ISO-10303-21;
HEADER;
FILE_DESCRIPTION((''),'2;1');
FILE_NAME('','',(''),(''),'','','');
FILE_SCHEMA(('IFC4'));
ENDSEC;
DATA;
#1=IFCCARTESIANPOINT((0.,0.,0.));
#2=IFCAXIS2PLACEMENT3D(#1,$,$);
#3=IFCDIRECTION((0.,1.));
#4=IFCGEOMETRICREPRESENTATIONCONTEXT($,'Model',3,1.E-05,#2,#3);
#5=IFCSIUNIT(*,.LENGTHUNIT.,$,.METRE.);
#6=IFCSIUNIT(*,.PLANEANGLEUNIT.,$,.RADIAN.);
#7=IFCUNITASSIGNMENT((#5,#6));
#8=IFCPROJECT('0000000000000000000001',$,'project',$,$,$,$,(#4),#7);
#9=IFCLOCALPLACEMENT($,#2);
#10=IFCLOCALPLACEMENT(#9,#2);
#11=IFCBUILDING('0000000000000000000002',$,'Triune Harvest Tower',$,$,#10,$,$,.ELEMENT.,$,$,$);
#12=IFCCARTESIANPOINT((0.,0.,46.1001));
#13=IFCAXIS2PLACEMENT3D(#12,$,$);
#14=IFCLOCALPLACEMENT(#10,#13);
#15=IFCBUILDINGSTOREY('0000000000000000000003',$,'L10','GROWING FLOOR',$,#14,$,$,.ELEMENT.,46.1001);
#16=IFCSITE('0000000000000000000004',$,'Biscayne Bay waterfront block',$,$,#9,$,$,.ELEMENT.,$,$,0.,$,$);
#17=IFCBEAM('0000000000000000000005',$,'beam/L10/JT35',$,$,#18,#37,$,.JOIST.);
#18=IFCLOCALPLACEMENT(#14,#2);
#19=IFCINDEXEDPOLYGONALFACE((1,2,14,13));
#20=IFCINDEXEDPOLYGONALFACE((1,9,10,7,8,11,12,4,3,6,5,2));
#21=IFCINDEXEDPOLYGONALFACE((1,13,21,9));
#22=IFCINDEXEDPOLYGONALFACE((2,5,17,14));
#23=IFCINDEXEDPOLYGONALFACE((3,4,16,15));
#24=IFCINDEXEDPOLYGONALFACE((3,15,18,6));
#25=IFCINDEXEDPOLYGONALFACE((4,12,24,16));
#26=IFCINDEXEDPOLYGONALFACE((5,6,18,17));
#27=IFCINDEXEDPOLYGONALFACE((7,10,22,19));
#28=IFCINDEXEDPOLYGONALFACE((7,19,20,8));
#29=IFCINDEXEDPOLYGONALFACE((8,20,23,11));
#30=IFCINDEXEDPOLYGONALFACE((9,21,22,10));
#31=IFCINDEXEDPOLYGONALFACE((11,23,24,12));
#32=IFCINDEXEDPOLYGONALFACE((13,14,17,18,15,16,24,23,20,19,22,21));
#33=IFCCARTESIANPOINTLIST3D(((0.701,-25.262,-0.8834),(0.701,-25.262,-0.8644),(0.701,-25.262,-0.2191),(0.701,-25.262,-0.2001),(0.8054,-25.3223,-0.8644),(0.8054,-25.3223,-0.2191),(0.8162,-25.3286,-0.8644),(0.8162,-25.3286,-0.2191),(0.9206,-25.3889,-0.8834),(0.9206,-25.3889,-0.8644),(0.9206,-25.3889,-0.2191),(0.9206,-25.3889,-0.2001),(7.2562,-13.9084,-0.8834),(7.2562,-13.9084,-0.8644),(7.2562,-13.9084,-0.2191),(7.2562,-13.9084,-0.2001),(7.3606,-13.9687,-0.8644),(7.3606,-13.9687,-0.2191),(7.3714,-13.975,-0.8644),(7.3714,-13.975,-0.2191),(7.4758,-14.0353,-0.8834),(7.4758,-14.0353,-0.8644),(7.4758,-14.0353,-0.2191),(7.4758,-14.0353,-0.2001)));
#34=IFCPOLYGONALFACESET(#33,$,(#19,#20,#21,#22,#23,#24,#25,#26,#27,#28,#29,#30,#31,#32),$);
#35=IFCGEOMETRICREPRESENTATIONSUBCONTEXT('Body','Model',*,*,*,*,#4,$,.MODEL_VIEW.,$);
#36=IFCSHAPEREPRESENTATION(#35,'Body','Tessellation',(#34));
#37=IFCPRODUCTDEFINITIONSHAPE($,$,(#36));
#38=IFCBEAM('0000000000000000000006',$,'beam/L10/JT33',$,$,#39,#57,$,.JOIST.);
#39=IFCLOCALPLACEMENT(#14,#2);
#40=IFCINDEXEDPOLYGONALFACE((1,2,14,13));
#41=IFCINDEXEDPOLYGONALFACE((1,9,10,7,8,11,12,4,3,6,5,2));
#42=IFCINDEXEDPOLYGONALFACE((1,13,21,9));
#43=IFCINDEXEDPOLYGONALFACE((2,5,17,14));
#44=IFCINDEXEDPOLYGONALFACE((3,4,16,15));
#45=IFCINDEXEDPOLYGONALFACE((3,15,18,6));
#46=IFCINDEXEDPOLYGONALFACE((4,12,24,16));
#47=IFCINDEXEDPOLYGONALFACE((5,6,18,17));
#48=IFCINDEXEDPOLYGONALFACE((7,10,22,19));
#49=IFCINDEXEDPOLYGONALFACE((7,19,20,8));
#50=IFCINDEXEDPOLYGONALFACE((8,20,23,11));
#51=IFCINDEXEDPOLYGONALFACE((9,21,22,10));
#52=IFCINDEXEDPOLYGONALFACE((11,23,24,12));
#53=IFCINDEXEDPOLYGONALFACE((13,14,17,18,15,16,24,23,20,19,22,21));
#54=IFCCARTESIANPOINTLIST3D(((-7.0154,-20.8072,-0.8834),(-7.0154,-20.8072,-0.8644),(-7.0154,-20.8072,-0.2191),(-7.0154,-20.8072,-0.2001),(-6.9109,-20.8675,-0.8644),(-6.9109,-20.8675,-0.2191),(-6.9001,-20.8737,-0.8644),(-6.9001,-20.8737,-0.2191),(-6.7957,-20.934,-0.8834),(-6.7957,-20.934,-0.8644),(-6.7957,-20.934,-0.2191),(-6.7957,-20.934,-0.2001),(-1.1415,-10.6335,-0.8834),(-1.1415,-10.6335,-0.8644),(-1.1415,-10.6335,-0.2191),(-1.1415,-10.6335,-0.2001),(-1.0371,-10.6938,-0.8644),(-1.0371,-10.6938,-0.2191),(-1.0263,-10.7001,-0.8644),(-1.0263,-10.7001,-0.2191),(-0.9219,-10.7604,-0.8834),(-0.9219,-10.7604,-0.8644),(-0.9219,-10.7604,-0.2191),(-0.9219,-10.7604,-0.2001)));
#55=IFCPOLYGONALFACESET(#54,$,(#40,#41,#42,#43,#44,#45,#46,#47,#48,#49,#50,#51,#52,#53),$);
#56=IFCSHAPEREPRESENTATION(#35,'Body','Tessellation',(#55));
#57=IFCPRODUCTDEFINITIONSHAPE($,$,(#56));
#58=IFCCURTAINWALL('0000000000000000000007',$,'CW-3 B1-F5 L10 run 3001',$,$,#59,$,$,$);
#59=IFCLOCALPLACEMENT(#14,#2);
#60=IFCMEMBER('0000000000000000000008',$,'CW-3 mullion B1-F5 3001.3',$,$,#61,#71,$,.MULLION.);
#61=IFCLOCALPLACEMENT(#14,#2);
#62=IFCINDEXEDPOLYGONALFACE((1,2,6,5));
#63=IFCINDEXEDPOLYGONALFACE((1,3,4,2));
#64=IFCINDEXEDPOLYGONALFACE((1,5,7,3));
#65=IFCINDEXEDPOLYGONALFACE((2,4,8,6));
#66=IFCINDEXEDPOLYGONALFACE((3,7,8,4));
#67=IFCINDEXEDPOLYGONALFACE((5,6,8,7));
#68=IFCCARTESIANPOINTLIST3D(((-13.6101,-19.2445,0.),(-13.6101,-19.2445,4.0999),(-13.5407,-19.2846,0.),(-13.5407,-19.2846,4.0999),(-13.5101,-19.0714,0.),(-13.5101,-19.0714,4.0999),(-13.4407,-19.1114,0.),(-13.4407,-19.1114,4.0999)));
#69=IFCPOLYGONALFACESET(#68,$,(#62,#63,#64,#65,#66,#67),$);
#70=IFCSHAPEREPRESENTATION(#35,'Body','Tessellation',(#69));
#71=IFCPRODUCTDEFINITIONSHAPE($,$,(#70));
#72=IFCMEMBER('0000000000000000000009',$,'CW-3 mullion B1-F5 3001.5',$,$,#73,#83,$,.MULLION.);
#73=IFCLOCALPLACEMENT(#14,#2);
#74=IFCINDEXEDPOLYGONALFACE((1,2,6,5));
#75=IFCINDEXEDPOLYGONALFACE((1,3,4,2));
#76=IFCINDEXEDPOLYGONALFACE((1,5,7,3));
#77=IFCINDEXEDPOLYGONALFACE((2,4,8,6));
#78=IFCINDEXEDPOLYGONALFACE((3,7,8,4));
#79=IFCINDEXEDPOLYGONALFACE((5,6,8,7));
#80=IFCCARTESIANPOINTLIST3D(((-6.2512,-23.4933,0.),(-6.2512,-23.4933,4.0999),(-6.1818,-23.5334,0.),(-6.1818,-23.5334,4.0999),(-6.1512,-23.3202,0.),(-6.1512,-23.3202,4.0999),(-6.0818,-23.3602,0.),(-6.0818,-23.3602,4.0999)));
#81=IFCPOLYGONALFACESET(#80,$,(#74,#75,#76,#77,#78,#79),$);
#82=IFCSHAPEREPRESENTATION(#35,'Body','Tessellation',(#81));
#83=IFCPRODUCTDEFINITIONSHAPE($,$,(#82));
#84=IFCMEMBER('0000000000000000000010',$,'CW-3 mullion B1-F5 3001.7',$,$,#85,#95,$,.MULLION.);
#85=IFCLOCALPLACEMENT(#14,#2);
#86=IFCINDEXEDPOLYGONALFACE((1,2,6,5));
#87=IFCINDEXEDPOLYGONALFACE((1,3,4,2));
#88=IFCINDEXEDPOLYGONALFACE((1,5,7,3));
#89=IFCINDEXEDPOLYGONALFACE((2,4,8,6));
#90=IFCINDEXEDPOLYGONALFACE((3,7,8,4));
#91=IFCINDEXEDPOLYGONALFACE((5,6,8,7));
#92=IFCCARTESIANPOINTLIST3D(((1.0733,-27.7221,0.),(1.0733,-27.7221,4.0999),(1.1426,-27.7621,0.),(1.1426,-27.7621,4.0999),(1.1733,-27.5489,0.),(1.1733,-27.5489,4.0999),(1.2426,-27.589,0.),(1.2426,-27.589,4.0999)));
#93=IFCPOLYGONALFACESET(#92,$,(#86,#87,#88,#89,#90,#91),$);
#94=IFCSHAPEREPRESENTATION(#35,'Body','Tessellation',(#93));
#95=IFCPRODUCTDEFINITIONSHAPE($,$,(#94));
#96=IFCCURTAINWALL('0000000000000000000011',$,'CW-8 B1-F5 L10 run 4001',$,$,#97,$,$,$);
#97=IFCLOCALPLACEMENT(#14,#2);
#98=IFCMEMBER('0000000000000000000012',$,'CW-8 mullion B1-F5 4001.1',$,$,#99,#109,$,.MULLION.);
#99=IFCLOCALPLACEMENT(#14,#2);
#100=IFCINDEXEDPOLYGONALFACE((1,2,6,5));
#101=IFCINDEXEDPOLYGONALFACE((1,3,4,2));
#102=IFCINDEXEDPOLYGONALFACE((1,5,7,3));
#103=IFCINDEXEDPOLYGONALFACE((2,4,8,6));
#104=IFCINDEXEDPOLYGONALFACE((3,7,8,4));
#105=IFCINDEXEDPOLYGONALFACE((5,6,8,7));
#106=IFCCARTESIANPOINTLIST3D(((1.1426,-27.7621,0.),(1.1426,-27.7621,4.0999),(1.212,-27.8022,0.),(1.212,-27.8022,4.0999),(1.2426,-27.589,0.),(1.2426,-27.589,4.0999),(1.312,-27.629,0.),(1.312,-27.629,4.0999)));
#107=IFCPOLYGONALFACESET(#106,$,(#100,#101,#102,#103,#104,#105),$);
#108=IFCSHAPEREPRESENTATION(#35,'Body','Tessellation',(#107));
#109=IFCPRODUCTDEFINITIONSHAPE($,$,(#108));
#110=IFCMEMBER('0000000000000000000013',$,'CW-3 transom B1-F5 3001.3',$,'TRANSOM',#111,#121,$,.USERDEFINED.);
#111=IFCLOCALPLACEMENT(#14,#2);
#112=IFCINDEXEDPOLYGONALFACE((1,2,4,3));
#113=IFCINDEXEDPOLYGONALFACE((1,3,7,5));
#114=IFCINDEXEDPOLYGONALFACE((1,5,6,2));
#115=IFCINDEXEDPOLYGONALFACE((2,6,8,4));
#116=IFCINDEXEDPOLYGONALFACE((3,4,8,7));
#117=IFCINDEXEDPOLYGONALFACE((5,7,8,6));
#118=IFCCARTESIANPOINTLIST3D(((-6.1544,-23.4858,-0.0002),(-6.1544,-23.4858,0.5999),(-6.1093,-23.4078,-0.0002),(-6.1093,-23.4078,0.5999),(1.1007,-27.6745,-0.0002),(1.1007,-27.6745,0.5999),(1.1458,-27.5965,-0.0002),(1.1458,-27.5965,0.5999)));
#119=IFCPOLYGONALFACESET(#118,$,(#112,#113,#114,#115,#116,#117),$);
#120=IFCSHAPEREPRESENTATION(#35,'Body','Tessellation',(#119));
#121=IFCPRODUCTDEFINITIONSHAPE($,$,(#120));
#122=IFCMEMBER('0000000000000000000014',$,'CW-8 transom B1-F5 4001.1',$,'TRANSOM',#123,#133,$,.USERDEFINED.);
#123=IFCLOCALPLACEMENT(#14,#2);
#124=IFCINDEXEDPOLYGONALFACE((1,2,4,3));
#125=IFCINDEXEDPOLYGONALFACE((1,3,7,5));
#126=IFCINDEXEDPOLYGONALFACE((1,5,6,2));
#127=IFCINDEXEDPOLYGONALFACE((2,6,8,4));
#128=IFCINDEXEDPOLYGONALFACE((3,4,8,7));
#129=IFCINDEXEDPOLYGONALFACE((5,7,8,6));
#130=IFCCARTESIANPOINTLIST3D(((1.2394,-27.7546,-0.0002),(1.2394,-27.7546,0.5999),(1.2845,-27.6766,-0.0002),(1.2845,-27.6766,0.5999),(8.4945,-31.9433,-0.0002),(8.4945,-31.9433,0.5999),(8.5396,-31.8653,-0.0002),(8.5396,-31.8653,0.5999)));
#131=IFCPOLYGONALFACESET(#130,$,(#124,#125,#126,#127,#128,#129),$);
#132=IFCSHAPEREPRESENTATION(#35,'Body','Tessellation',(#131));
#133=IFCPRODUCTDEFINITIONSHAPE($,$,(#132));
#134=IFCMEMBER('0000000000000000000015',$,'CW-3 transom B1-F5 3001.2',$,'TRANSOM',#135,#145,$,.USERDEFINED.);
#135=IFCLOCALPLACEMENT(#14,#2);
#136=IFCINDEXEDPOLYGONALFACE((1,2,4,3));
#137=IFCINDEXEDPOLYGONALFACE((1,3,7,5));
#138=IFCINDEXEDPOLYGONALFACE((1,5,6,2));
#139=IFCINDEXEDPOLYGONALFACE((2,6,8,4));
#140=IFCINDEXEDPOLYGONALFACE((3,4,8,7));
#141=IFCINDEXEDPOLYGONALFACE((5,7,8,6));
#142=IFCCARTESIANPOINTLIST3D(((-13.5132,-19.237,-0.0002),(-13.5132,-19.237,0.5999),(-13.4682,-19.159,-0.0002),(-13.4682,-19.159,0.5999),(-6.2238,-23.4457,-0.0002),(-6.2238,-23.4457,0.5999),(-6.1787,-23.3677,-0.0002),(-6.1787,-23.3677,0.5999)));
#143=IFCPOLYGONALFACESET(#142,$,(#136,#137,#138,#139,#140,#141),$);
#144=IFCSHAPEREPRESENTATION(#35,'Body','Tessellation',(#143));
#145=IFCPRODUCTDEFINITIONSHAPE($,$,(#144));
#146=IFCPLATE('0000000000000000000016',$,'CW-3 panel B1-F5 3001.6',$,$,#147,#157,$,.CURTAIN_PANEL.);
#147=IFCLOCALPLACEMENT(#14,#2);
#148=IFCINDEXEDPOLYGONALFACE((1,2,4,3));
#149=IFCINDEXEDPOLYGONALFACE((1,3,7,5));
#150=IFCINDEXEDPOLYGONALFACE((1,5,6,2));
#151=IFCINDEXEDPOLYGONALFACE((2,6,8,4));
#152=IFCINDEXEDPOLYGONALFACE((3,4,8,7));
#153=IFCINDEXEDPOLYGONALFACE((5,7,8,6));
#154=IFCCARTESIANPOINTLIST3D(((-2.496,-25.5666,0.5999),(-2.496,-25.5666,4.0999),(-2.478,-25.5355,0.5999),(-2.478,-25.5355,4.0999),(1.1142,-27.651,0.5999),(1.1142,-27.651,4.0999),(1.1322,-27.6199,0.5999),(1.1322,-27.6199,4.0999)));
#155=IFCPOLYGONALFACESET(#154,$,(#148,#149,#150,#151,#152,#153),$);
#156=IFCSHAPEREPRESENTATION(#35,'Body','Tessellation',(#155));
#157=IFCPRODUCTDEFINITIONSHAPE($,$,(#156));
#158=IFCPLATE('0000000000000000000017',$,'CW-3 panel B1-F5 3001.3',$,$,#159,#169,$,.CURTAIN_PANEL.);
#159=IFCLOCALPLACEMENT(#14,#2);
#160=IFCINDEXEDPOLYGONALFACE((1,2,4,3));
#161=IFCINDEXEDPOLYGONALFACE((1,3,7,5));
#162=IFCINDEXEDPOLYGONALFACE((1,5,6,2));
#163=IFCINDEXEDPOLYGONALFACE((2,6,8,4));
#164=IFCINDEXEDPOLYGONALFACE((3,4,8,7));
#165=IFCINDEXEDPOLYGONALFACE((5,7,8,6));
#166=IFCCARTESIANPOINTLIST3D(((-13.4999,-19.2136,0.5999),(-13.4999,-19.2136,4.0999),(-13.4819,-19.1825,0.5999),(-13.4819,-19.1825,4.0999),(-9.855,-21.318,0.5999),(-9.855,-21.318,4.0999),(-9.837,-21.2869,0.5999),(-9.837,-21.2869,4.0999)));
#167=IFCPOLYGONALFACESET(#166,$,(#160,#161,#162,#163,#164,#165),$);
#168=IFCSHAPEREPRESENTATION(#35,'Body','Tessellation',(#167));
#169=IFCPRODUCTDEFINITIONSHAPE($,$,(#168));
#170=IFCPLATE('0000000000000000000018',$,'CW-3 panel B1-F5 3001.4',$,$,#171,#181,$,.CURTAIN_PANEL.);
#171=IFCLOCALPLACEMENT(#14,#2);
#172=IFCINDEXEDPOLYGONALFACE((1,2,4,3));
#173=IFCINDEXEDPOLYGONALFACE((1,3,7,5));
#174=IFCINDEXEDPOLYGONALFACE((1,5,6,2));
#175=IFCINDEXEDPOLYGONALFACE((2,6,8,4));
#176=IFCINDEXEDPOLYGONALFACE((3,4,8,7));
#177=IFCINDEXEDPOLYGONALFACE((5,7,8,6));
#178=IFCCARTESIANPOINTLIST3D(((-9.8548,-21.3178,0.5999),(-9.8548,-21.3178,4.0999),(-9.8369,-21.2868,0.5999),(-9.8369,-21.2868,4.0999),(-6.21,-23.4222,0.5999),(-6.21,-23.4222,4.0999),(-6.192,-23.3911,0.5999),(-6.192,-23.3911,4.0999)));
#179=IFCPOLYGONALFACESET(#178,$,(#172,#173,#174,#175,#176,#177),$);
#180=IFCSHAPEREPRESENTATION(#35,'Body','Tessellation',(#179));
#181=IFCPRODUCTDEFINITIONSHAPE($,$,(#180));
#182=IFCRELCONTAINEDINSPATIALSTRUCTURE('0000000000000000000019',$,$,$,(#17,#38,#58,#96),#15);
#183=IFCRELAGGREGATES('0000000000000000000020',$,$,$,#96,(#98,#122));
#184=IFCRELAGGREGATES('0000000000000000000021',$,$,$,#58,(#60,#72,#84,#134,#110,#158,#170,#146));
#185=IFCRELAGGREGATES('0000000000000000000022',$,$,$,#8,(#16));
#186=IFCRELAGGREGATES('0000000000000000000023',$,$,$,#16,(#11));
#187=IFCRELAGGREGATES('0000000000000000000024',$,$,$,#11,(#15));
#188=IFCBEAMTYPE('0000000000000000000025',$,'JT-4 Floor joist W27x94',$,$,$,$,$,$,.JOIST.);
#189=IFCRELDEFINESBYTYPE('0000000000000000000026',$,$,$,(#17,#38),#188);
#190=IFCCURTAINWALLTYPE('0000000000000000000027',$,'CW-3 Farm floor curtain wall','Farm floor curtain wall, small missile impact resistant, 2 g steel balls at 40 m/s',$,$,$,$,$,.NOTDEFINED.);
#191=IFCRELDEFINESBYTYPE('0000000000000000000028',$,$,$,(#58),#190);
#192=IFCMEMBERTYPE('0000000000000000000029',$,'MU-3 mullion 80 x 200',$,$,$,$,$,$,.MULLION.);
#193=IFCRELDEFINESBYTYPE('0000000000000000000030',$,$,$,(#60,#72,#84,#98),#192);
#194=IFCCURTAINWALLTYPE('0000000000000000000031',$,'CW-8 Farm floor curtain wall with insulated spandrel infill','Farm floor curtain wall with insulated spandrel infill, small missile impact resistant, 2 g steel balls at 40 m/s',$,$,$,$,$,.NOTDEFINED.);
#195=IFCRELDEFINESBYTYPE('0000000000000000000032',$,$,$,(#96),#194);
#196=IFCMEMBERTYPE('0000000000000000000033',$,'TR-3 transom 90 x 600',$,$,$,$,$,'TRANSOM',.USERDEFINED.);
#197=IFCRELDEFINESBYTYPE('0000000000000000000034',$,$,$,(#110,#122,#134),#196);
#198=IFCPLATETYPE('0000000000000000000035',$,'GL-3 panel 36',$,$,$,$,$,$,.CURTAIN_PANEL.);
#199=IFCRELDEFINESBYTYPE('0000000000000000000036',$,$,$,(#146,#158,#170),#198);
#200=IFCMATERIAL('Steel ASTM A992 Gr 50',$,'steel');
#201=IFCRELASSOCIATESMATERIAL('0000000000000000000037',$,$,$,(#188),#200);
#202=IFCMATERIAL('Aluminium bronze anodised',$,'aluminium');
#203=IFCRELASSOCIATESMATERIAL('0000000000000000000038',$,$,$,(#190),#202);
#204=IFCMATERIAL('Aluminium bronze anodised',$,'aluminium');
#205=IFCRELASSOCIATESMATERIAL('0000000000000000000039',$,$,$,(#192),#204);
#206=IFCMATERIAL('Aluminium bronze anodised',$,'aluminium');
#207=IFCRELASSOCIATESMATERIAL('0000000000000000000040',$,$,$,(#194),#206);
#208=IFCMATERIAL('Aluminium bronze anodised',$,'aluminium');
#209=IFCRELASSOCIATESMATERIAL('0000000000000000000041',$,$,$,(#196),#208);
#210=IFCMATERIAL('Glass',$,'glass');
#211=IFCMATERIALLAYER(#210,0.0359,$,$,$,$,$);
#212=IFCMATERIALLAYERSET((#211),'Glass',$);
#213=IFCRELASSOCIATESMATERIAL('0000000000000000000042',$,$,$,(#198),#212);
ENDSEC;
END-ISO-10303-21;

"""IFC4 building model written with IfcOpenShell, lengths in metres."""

from ifc_helpers import new_model, si_unit, direction, frame, origin, origin_2d, place, context, subcontext, project, spatial, rectangle, i_section, extrude, source, transform, mapped, material, layer, layer_set, material_profile, profile_set, type_object, element, aggregate, save


model = new_model("IFC4")

# Units and contexts
model_context = context("Model", 3, precision=1e-05, world=origin(), true_north=direction((0.0, 1.0)))
body_context = subcontext(model_context, "Body", "Model", "MODEL_VIEW")
ifc_project = project(units=[si_unit("LENGTHUNIT", "METRE"), si_unit("PLANEANGLEUNIT", "RADIAN")], contexts=[model_context])

# Site, building, storey
site_placement = place(None, origin())
site = spatial("IfcSite", under=ifc_project, at=site_placement, Name="Biscayne Bay waterfront block", CompositionType="ELEMENT", RefElevation=0.0)
building_placement = place(site_placement, origin())
building = spatial("IfcBuilding", under=site, at=building_placement, Name="Triune Harvest Tower", CompositionType="ELEMENT")
storey_placement = place(building_placement, frame((0.0, 0.0, 46.1001)))
storey = spatial("IfcBuildingStorey", under=building, at=storey_placement, Name="L10", Description="GROWING FLOOR", CompositionType="ELEMENT", Elevation=46.1001)

# Beams
ifc_material_1 = material(Name="Steel ASTM A992 Gr 50", Category="steel")
ifc_material_profile_1 = material_profile(ifc_material_1, i_section(OverallWidth=0.2537, OverallDepth=0.6833, WebThickness=0.0125, FlangeThickness=0.019, at=origin_2d()), Name="W27x94")
ifc_profile_set_1 = profile_set([ifc_material_profile_1], Name="Steel ASTM A992 Gr 50")
beam_type_1 = type_object("IfcBeamType", Name="JT-4 Floor joist W27x94", PredefinedType="JOIST", material=ifc_profile_set_1)
shared_shape_1 = source(origin(), body_context, "Body", "SweptSolid", [
    extrude(i_section(OverallWidth=0.2537, OverallDepth=0.6833, WebThickness=0.0125, FlangeThickness=0.019, at=origin_2d()), origin(), (0.0, 0.0, 1.0), 13.1101),
])
beam_1_placement = place(storey_placement, frame((0.8108, -25.3254, -0.5417), z_axis=(0.500013, 0.866018, 0.0), x_axis=(-0.866018, 0.500013, 0.0)))
element("IfcBeam", 1, at=beam_1_placement, inside=storey, type_object=beam_type_1, Name="beam/L10/JT35", PredefinedType="JOIST", context=body_context, shape_type="MappedRepresentation", body=[
    mapped(shared_shape_1, transform((0.0, 0.0, 0.0), scale=1.0)),
])
shared_shape_2 = source(origin(), body_context, "Body", "SweptSolid", [
    extrude(i_section(OverallWidth=0.2537, OverallDepth=0.6833, WebThickness=0.0125, FlangeThickness=0.019, at=origin_2d()), origin(), (0.0, 0.0, 1.0), 11.7476),
])
beam_2_placement = place(storey_placement, frame((-6.9055, -20.8706, -0.5417), z_axis=(0.500004, 0.866023, 0.0), x_axis=(-0.866023, 0.500004, 0.0)))
element("IfcBeam", 2, at=beam_2_placement, inside=storey, type_object=beam_type_1, Name="beam/L10/JT33", PredefinedType="JOIST", context=body_context, shape_type="MappedRepresentation", body=[
    mapped(shared_shape_2, transform((0.0, 0.0, 0.0), scale=1.0)),
])

# Curtain wall, members
ifc_material_2 = material(Name="Aluminium bronze anodised", Category="aluminium")
curtain_wall_type_1 = type_object("IfcCurtainWallType", Name="CW-3 Farm floor curtain wall", Description="Farm floor curtain wall, small missile impact resistant, 2 g steel balls at 40 m/s", PredefinedType="NOTDEFINED", material=ifc_material_2)
curtain_wall_1_placement = place(storey_placement, origin())
curtain_wall_1 = element("IfcCurtainWall", 3, at=curtain_wall_1_placement, inside=storey, type_object=curtain_wall_type_1, Name="CW-3 B1-F5 L10 run 3001")
ifc_material_3 = material(Name="Aluminium bronze anodised", Category="aluminium")
ifc_material_profile_2 = material_profile(ifc_material_3, rectangle(XDim=0.2, YDim=0.0801, at=origin_2d()), Name="MU-3 mullion 80 x 200")
ifc_profile_set_2 = profile_set([ifc_material_profile_2], Name="Aluminium bronze anodised")
member_type_1 = type_object("IfcMemberType", Name="MU-3 mullion 80 x 200", PredefinedType="MULLION", material=ifc_profile_set_2)
shared_shape_3 = source(origin(), body_context, "Body", "SweptSolid", [
    extrude(rectangle(XDim=0.2, YDim=0.0801, at=origin_2d()), origin(), (0.0, 0.0, 1.0), 4.0999),
])
member_1_placement = place(storey_placement, frame((-13.5254, -19.178, 0.0), z_axis=(0.0, 0.0, 1.0), x_axis=(0.499999, 0.866026, 0.0)))
member_1 = element("IfcMember", 4, at=member_1_placement, type_object=member_type_1, Name="CW-3 mullion B1-F5 3001.3", PredefinedType="MULLION", context=body_context, shape_type="MappedRepresentation", body=[
    mapped(shared_shape_3, transform((0.0, 0.0, 0.0), scale=1.0)),
])
member_2_placement = place(storey_placement, frame((-6.1665, -23.4268, 0.0), z_axis=(0.0, 0.0, 1.0), x_axis=(0.499999, 0.866026, 0.0)))
member_2 = element("IfcMember", 5, at=member_2_placement, type_object=member_type_1, Name="CW-3 mullion B1-F5 3001.5", PredefinedType="MULLION", context=body_context, shape_type="MappedRepresentation", body=[
    mapped(shared_shape_3, transform((0.0, 0.0, 0.0), scale=1.0)),
])
member_3_placement = place(storey_placement, frame((1.158, -27.6555, 0.0), z_axis=(0.0, 0.0, 1.0), x_axis=(0.499999, 0.866026, 0.0)))
member_3 = element("IfcMember", 6, at=member_3_placement, type_object=member_type_1, Name="CW-3 mullion B1-F5 3001.7", PredefinedType="MULLION", context=body_context, shape_type="MappedRepresentation", body=[
    mapped(shared_shape_3, transform((0.0, 0.0, 0.0), scale=1.0)),
])

# Curtain wall, member
ifc_material_4 = material(Name="Aluminium bronze anodised", Category="aluminium")
curtain_wall_type_2 = type_object("IfcCurtainWallType", Name="CW-8 Farm floor curtain wall with insulated spandrel infill", Description="Farm floor curtain wall with insulated spandrel infill, small missile impact resistant, 2 g steel balls at 40 m/s", PredefinedType="NOTDEFINED", material=ifc_material_4)
curtain_wall_2_placement = place(storey_placement, origin())
curtain_wall_2 = element("IfcCurtainWall", 7, at=curtain_wall_2_placement, inside=storey, type_object=curtain_wall_type_2, Name="CW-8 B1-F5 L10 run 4001")
member_4_placement = place(storey_placement, frame((1.2273, -27.6956, 0.0), z_axis=(0.0, 0.0, 1.0), x_axis=(0.499999, 0.866026, 0.0)))
member_4 = element("IfcMember", 8, at=member_4_placement, type_object=member_type_1, Name="CW-8 mullion B1-F5 4001.1", PredefinedType="MULLION", context=body_context, shape_type="MappedRepresentation", body=[
    mapped(shared_shape_3, transform((0.0, 0.0, 0.0), scale=1.0)),
])

# Members
ifc_material_5 = material(Name="Aluminium bronze anodised", Category="aluminium")
ifc_material_profile_3 = material_profile(ifc_material_5, rectangle(XDim=0.0901, YDim=0.6001, at=origin_2d()), Name="TR-3 transom 90 x 600")
ifc_profile_set_3 = profile_set([ifc_material_profile_3], Name="Aluminium bronze anodised")
member_type_2 = type_object("IfcMemberType", Name="TR-3 transom 90 x 600", ElementType="TRANSOM", PredefinedType="USERDEFINED", material=ifc_profile_set_3)
shared_shape_4 = source(origin(), body_context, "Body", "SweptSolid", [
    extrude(rectangle(XDim=0.0901, YDim=0.6001, at=origin_2d()), origin(), (0.0, 0.0, 1.0), 8.3774),
])
member_5_placement = place(storey_placement, frame((-6.1318, -23.4468, 0.2998), z_axis=(0.866027, -0.499997, 0.0), x_axis=(0.499997, 0.866027, 0.0)))
member_5 = element("IfcMember", 9, at=member_5_placement, type_object=member_type_2, Name="CW-3 transom B1-F5 3001.3", ObjectType="TRANSOM", PredefinedType="USERDEFINED", context=body_context, shape_type="MappedRepresentation", body=[
    mapped(shared_shape_4, transform((0.0, 0.0, 0.0), scale=1.0)),
])
member_6_placement = place(storey_placement, frame((1.262, -27.7156, 0.2998), z_axis=(0.866027, -0.499997, 0.0), x_axis=(0.499997, 0.866027, 0.0)))
member_6 = element("IfcMember", 10, at=member_6_placement, type_object=member_type_2, Name="CW-8 transom B1-F5 4001.1", ObjectType="TRANSOM", PredefinedType="USERDEFINED", context=body_context, shape_type="MappedRepresentation", body=[
    mapped(shared_shape_4, transform((0.0, 0.0, 0.0), scale=1.0)),
])
aggregate(curtain_wall_2, [member_4, member_6])
shared_shape_5 = source(origin(), body_context, "Body", "SweptSolid", [
    extrude(rectangle(XDim=0.0901, YDim=0.6001, at=origin_2d()), origin(), (0.0, 0.0, 1.0), 8.4172),
])
member_7_placement = place(storey_placement, frame((-13.4907, -19.198, 0.2998), z_axis=(0.866019, -0.50001, 0.0), x_axis=(0.50001, 0.866019, 0.0)))
member_7 = element("IfcMember", 11, at=member_7_placement, type_object=member_type_2, Name="CW-3 transom B1-F5 3001.2", ObjectType="TRANSOM", PredefinedType="USERDEFINED", context=body_context, shape_type="MappedRepresentation", body=[
    mapped(shared_shape_5, transform((0.0, 0.0, 0.0), scale=1.0)),
])

# Plates
ifc_material_6 = material(Name="Glass", Category="glass")
ifc_layer_1 = layer(ifc_material_6, 0.0359)
ifc_layer_set_1 = layer_set([ifc_layer_1], Name="Glass")
plate_type = type_object("IfcPlateType", Name="GL-3 panel 36", PredefinedType="CURTAIN_PANEL", material=ifc_layer_set_1)
shared_shape_6 = source(origin(), body_context, "Body", "SweptSolid", [
    extrude(rectangle(XDim=4.1687, YDim=0.0359, at=origin_2d()), origin(), (0.0, 0.0, 1.0), 3.5),
])
plate_1_placement = place(storey_placement, frame((-0.6819, -26.5933, 0.5999), z_axis=(0.0, 0.0, 1.0), x_axis=(0.866026, -0.499999, 0.0)))
plate_1 = element("IfcPlate", 12, at=plate_1_placement, type_object=plate_type, Name="CW-3 panel B1-F5 3001.6", PredefinedType="CURTAIN_PANEL", context=body_context, shape_type="MappedRepresentation", body=[
    mapped(shared_shape_6, transform((0.0, 0.0, 0.0), scale=1.0)),
])
shared_shape_7 = source(origin(), body_context, "Body", "SweptSolid", [
    extrude(rectangle(XDim=4.2087, YDim=0.0359, at=origin_2d()), origin(), (0.0, 0.0, 1.0), 3.5),
])
plate_2_placement = place(storey_placement, frame((-11.6685, -20.2502, 0.5999), z_axis=(0.0, 0.0, 1.0), x_axis=(0.866026, -0.499999, 0.0)))
plate_2 = element("IfcPlate", 13, at=plate_2_placement, type_object=plate_type, Name="CW-3 panel B1-F5 3001.3", PredefinedType="CURTAIN_PANEL", context=body_context, shape_type="MappedRepresentation", body=[
    mapped(shared_shape_7, transform((0.0, 0.0, 0.0), scale=1.0)),
])
plate_3_placement = place(storey_placement, frame((-8.0234, -22.3545, 0.5999), z_axis=(0.0, 0.0, 1.0), x_axis=(0.866026, -0.499999, 0.0)))
plate_3 = element("IfcPlate", 14, at=plate_3_placement, type_object=plate_type, Name="CW-3 panel B1-F5 3001.4", PredefinedType="CURTAIN_PANEL", context=body_context, shape_type="MappedRepresentation", body=[
    mapped(shared_shape_7, transform((0.0, 0.0, 0.0), scale=1.0)),
])
aggregate(curtain_wall_1, [member_1, member_2, member_3, member_7, member_5, plate_2, plate_3, plate_1])

save(model, "model.ifc")
